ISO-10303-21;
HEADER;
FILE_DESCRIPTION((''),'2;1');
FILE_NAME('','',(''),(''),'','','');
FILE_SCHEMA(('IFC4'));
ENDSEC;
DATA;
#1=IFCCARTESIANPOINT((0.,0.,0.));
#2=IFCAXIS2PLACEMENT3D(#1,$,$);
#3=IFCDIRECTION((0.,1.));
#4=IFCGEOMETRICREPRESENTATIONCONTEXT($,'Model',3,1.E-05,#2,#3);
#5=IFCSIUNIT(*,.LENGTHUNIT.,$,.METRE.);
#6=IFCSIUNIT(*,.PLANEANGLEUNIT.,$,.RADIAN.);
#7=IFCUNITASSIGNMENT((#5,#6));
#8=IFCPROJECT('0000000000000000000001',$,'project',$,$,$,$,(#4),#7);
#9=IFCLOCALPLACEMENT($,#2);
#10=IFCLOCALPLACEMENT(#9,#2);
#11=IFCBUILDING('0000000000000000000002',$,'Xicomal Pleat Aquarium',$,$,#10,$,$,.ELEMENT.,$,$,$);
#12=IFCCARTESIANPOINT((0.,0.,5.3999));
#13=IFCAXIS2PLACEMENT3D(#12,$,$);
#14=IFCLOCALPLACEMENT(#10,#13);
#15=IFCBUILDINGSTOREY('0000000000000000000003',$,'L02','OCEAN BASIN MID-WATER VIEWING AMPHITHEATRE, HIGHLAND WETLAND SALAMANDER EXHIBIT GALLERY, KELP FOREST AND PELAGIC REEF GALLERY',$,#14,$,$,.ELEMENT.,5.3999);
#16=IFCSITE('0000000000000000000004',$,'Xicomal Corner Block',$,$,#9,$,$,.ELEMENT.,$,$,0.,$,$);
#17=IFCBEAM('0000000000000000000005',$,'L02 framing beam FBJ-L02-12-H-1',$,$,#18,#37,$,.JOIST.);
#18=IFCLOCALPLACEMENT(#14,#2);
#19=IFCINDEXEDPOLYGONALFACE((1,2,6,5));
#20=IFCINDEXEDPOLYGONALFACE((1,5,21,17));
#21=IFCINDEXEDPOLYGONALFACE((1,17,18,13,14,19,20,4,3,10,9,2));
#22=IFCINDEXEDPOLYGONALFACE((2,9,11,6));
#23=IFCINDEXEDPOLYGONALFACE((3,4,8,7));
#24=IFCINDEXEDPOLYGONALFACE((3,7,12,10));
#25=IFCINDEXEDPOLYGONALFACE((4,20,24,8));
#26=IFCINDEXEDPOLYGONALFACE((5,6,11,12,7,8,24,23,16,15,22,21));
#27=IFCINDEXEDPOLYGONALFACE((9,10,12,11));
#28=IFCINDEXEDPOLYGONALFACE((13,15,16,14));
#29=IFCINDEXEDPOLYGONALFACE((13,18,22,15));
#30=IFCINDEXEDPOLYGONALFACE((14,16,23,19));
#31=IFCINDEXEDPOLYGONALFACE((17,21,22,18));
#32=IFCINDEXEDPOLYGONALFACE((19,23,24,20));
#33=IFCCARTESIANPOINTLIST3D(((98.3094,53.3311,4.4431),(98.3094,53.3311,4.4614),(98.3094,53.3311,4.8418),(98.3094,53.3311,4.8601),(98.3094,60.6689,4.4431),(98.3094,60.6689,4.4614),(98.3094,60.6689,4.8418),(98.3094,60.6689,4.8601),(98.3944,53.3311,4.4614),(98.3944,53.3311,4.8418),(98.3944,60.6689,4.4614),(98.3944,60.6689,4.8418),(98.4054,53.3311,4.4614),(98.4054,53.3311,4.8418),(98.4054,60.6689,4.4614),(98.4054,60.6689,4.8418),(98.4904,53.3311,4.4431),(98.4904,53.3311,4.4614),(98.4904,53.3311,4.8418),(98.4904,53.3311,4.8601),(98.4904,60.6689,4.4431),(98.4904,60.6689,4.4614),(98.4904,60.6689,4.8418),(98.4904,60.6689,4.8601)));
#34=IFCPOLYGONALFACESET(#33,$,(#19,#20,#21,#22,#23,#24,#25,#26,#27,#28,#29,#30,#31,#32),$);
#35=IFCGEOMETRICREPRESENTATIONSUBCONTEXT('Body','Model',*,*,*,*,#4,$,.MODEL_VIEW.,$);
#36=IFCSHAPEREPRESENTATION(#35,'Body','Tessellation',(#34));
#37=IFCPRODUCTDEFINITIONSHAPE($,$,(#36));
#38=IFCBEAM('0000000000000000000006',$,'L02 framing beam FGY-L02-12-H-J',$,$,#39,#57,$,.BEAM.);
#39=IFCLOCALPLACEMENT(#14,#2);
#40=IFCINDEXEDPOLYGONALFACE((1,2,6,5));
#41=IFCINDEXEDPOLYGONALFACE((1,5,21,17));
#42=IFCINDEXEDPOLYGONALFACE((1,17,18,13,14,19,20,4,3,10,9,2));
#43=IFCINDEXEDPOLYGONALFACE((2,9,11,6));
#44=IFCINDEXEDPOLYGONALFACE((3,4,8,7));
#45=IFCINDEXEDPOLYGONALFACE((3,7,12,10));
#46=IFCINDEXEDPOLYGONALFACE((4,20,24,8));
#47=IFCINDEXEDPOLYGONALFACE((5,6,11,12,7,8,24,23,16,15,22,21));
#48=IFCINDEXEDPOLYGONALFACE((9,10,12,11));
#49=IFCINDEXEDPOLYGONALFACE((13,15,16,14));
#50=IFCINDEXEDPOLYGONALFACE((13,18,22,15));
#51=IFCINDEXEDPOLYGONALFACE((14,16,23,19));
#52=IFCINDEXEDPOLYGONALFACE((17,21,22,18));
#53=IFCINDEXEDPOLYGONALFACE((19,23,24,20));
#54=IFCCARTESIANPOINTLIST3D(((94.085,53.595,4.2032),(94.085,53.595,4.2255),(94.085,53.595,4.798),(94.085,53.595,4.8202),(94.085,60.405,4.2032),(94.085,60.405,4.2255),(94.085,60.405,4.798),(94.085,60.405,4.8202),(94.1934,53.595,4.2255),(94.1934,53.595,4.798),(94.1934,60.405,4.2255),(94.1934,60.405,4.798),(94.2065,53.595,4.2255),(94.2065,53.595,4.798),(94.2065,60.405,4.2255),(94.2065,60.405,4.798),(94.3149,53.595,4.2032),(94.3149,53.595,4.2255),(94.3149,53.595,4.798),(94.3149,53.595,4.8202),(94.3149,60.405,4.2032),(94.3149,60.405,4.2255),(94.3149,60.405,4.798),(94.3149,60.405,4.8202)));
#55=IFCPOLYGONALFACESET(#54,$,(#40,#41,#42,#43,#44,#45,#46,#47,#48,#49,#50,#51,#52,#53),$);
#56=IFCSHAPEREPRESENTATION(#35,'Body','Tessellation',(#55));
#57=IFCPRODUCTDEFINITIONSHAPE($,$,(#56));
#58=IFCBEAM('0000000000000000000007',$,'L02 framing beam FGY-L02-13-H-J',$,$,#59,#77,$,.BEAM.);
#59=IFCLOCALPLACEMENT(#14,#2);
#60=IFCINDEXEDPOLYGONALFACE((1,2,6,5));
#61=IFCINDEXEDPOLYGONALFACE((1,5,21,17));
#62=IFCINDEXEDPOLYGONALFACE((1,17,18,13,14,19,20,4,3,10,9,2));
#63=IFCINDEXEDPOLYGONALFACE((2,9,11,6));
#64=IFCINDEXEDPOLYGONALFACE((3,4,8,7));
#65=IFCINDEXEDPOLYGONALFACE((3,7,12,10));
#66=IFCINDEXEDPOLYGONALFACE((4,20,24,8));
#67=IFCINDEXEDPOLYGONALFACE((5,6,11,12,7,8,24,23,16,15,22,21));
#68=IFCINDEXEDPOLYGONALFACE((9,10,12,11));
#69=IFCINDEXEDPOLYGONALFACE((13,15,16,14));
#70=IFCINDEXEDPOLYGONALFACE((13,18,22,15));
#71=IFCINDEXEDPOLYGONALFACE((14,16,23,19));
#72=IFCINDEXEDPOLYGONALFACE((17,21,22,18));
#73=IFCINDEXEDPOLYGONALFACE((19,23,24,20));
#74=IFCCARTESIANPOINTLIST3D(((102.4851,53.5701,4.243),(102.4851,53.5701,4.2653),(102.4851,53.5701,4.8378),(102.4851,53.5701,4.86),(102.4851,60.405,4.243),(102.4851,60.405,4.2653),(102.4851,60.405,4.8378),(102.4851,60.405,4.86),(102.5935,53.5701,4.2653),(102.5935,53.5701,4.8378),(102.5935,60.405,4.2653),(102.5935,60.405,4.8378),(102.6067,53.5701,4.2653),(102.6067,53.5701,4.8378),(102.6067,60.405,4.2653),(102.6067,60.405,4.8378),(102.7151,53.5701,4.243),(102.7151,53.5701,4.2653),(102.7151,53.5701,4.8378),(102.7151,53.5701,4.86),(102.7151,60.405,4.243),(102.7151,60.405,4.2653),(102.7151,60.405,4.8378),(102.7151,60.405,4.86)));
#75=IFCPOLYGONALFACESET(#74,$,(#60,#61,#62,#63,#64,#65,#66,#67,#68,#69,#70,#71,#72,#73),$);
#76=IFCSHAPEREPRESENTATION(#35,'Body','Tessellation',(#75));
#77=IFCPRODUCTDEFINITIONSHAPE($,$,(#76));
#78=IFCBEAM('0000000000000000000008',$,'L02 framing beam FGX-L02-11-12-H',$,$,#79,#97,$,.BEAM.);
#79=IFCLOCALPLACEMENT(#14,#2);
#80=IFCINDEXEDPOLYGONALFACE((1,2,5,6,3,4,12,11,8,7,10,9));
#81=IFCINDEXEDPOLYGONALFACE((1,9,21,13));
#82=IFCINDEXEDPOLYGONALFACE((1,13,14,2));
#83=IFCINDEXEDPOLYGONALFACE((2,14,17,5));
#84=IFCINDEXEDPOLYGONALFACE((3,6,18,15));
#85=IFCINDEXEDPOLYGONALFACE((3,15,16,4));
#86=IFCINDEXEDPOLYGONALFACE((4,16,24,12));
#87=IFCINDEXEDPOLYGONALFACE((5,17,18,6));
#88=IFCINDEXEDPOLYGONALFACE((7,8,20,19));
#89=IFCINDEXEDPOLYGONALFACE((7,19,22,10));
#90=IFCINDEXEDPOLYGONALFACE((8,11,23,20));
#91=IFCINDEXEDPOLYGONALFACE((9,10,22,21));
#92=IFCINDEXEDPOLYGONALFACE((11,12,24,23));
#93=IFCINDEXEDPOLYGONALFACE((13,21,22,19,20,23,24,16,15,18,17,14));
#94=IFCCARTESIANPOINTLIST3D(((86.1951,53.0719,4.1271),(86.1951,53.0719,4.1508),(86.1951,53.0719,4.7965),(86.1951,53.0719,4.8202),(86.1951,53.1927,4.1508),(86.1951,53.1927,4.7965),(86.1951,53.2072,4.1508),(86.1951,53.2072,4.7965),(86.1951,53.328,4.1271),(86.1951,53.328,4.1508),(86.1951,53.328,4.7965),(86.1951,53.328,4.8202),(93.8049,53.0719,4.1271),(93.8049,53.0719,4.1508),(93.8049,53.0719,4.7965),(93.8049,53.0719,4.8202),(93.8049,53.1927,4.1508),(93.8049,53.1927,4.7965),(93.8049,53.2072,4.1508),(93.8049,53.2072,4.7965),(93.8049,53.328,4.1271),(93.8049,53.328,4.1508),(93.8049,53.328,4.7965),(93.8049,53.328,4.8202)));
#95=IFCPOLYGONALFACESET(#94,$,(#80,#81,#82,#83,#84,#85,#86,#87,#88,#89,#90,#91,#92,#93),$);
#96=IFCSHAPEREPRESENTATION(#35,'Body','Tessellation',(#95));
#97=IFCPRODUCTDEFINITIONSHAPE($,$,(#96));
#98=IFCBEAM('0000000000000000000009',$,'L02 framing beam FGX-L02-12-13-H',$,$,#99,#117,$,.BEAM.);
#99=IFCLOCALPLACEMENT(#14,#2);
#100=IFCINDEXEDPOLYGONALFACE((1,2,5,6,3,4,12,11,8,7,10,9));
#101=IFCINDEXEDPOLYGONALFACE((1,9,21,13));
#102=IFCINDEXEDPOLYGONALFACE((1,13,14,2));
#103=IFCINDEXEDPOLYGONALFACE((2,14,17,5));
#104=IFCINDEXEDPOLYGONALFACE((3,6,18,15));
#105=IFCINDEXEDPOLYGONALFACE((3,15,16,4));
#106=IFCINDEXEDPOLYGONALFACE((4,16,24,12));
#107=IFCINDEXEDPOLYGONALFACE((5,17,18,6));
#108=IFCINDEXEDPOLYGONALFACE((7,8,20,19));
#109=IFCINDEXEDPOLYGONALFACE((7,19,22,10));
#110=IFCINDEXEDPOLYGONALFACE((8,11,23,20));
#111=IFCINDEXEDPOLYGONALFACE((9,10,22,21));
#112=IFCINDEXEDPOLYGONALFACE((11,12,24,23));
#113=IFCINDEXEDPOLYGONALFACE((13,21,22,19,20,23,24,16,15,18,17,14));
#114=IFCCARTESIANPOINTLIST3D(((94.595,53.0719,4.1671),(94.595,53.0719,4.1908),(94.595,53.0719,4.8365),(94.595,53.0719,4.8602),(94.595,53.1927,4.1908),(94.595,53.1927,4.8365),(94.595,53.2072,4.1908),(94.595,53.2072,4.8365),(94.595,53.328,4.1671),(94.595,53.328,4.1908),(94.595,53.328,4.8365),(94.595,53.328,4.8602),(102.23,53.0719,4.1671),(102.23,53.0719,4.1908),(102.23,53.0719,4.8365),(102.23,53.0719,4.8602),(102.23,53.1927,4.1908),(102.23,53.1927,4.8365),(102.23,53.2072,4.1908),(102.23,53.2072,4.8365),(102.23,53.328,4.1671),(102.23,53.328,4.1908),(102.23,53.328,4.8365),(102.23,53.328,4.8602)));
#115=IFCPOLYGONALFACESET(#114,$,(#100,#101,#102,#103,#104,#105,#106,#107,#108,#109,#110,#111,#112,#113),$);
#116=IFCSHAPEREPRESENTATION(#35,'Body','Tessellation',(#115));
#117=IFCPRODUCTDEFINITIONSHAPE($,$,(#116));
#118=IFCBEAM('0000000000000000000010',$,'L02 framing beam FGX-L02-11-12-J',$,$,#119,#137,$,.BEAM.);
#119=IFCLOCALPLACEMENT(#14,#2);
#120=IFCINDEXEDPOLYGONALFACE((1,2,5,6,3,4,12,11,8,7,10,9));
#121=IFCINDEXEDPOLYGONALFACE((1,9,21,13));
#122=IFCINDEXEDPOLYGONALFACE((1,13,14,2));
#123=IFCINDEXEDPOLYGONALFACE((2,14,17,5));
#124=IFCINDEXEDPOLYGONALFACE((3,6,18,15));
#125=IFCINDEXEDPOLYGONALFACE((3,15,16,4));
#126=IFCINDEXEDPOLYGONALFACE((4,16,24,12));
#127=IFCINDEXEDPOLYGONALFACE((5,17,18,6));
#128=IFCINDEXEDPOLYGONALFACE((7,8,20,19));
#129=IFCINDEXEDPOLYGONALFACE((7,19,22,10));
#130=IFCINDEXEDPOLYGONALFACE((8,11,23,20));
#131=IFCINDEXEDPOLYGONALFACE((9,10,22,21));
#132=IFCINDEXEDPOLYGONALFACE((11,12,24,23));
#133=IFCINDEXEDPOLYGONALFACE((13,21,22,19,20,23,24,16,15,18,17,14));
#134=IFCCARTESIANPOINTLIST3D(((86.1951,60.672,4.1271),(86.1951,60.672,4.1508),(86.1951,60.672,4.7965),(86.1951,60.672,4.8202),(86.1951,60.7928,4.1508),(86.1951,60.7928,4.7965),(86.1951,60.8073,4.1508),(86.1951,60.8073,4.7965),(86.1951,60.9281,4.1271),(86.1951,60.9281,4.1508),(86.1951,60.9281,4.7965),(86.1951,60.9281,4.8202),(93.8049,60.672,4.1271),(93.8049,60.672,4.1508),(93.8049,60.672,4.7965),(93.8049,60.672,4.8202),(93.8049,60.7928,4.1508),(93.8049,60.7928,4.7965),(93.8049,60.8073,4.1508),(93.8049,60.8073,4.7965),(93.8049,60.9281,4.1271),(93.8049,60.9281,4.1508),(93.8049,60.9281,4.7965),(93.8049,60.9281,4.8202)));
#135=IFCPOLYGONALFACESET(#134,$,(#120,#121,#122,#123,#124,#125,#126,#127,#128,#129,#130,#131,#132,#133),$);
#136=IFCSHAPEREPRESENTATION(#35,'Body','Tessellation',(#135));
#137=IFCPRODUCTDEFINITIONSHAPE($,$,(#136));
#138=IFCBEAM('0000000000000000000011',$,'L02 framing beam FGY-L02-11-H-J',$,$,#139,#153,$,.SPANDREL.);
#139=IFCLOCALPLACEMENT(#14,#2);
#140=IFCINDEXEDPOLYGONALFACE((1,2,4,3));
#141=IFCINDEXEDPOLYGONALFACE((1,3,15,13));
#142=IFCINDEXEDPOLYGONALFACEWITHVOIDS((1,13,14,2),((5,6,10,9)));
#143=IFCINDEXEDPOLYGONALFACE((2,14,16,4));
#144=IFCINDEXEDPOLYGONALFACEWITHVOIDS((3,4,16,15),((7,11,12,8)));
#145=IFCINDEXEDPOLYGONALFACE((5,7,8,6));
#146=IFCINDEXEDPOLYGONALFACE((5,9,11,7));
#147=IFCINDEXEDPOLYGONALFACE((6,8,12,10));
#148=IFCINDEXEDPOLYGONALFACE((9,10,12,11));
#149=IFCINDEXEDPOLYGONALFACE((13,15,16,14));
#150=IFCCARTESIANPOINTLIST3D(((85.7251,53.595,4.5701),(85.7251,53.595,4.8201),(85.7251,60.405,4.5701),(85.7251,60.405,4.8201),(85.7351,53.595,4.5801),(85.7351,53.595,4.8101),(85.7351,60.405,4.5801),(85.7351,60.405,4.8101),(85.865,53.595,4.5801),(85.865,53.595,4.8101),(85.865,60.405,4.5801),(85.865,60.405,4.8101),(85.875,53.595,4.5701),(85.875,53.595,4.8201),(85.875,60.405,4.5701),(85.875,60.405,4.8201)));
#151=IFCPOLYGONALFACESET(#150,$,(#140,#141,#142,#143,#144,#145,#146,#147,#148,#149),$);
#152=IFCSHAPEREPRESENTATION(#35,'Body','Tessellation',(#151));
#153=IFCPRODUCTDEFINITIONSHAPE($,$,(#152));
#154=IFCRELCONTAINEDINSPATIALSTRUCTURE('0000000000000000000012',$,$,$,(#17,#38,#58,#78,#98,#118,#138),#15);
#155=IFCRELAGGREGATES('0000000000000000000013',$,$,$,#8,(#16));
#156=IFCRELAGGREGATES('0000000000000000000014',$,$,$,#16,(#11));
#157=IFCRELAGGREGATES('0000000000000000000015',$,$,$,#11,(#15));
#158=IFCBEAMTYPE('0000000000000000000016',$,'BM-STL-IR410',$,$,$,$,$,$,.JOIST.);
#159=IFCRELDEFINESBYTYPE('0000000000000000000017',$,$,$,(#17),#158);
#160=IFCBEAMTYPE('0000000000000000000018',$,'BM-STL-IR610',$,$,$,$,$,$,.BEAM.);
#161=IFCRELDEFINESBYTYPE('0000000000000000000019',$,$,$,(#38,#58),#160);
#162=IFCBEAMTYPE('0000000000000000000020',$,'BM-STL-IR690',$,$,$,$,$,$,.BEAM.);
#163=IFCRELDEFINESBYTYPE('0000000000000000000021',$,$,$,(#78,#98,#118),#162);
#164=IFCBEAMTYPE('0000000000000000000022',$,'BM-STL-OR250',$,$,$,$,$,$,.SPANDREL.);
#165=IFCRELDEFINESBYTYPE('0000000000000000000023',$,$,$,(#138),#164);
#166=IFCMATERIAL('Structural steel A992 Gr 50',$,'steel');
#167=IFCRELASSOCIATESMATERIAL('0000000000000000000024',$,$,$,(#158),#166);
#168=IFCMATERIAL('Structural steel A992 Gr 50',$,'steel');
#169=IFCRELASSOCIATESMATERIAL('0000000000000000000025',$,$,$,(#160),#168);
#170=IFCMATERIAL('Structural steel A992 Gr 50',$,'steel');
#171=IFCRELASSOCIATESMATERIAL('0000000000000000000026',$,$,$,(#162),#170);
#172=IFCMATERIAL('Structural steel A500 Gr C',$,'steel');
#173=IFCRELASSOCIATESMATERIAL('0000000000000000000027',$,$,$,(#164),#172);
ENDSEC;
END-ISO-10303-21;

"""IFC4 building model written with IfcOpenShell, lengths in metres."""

from ifc_helpers import new_model, si_unit, direction, frame, origin, origin_2d, place, context, subcontext, project, spatial, hollow_rectangle, i_section, extrude, material, material_profile, profile_set, type_object, element, save


model = new_model("IFC4")

# Units and contexts
model_context = context("Model", 3, precision=1e-05, world=origin(), true_north=direction((0.0, 1.0)))
body_context = subcontext(model_context, "Body", "Model", "MODEL_VIEW")
ifc_project = project(units=[si_unit("LENGTHUNIT", "METRE"), si_unit("PLANEANGLEUNIT", "RADIAN")], contexts=[model_context])

# Site, building, storey
site_placement = place(None, origin())
site = spatial("IfcSite", under=ifc_project, at=site_placement, Name="Xicomal Corner Block", CompositionType="ELEMENT", RefElevation=0.0)
building_placement = place(site_placement, origin())
building = spatial("IfcBuilding", under=site, at=building_placement, Name="Xicomal Pleat Aquarium", CompositionType="ELEMENT")
storey_placement = place(building_placement, frame((0.0, 0.0, 5.3999)))
storey = spatial("IfcBuildingStorey", under=building, at=storey_placement, Name="L02", Description="OCEAN BASIN MID-WATER VIEWING AMPHITHEATRE, HIGHLAND WETLAND SALAMANDER EXHIBIT GALLERY, KELP FOREST AND PELAGIC REEF GALLERY", CompositionType="ELEMENT", Elevation=5.3999)

# Beams
ifc_material_1 = material(Name="Structural steel A992 Gr 50", Category="steel")
ifc_material_profile_1 = material_profile(ifc_material_1, i_section(OverallWidth=0.1809, OverallDepth=0.417, WebThickness=0.011, FlangeThickness=0.0183, at=origin_2d()), Name="IR 410x85")
ifc_profile_set_1 = profile_set([ifc_material_profile_1], Name="Structural steel A992 Gr 50")
beam_type_1 = type_object("IfcBeamType", Name="BM-STL-IR410", PredefinedType="JOIST", material=ifc_profile_set_1)
beam_1_placement = place(storey_placement, frame((98.3999, 53.3311, 4.6516), z_axis=(0.0, 1.0, 0.0), x_axis=(-1.0, 0.0, 0.0)))
element("IfcBeam", 1, at=beam_1_placement, inside=storey, type_object=beam_type_1, Name="L02 framing beam FBJ-L02-12-H-1", PredefinedType="JOIST", context=body_context, shape_type="SweptSolid", body=[
    extrude(i_section(OverallWidth=0.1809, OverallDepth=0.417, WebThickness=0.011, FlangeThickness=0.0183, at=origin_2d()), origin(), (0.0, 0.0, 1.0), 7.3379),
])
ifc_material_2 = material(Name="Structural steel A992 Gr 50", Category="steel")
ifc_material_profile_2 = material_profile(ifc_material_2, i_section(OverallWidth=0.23, OverallDepth=0.6169, WebThickness=0.0132, FlangeThickness=0.0222, at=origin_2d()), Name="IR 610x140")
ifc_profile_set_2 = profile_set([ifc_material_profile_2], Name="Structural steel A992 Gr 50")
beam_type_2 = type_object("IfcBeamType", Name="BM-STL-IR610", PredefinedType="BEAM", material=ifc_profile_set_2)
beam_2_placement = place(storey_placement, frame((94.2, 53.595, 4.5117), z_axis=(0.0, 1.0, 0.0), x_axis=(-1.0, 0.0, 0.0)))
element("IfcBeam", 2, at=beam_2_placement, inside=storey, type_object=beam_type_2, Name="L02 framing beam FGY-L02-12-H-J", PredefinedType="BEAM", context=body_context, shape_type="SweptSolid", body=[
    extrude(i_section(OverallWidth=0.23, OverallDepth=0.6169, WebThickness=0.0132, FlangeThickness=0.0222, at=origin_2d()), origin(), (0.0, 0.0, 1.0), 6.8101),
])
beam_3_placement = place(storey_placement, frame((102.6001, 53.5701, 4.5515), z_axis=(0.0, 1.0, 0.0), x_axis=(-1.0, 0.0, 0.0)))
element("IfcBeam", 3, at=beam_3_placement, inside=storey, type_object=beam_type_2, Name="L02 framing beam FGY-L02-13-H-J", PredefinedType="BEAM", context=body_context, shape_type="SweptSolid", body=[
    extrude(i_section(OverallWidth=0.23, OverallDepth=0.6169, WebThickness=0.0132, FlangeThickness=0.0222, at=origin_2d()), origin(), (0.0, 0.0, 1.0), 6.835),
])
ifc_material_3 = material(Name="Structural steel A992 Gr 50", Category="steel")
ifc_material_profile_3 = material_profile(ifc_material_3, i_section(OverallWidth=0.2561, OverallDepth=0.6931, WebThickness=0.0144, FlangeThickness=0.0237, at=origin_2d()), Name="IR 690x170")
ifc_profile_set_3 = profile_set([ifc_material_profile_3], Name="Structural steel A992 Gr 50")
beam_type_3 = type_object("IfcBeamType", Name="BM-STL-IR690", PredefinedType="BEAM", material=ifc_profile_set_3)
beam_4_placement = place(storey_placement, frame((86.1951, 53.2, 4.4736), z_axis=(1.0, 0.0, 0.0), x_axis=(0.0, 1.0, 0.0)))
element("IfcBeam", 4, at=beam_4_placement, inside=storey, type_object=beam_type_3, Name="L02 framing beam FGX-L02-11-12-H", PredefinedType="BEAM", context=body_context, shape_type="SweptSolid", body=[
    extrude(i_section(OverallWidth=0.2561, OverallDepth=0.6931, WebThickness=0.0144, FlangeThickness=0.0237, at=origin_2d()), origin(), (0.0, 0.0, 1.0), 7.6099),
])
beam_5_placement = place(storey_placement, frame((94.595, 53.2, 4.5137), z_axis=(1.0, 0.0, 0.0), x_axis=(0.0, 1.0, 0.0)))
element("IfcBeam", 5, at=beam_5_placement, inside=storey, type_object=beam_type_3, Name="L02 framing beam FGX-L02-12-13-H", PredefinedType="BEAM", context=body_context, shape_type="SweptSolid", body=[
    extrude(i_section(OverallWidth=0.2561, OverallDepth=0.6931, WebThickness=0.0144, FlangeThickness=0.0237, at=origin_2d()), origin(), (0.0, 0.0, 1.0), 7.635),
])
beam_6_placement = place(storey_placement, frame((86.1951, 60.8, 4.4736), z_axis=(1.0, 0.0, 0.0), x_axis=(0.0, 1.0, 0.0)))
element("IfcBeam", 6, at=beam_6_placement, inside=storey, type_object=beam_type_3, Name="L02 framing beam FGX-L02-11-12-J", PredefinedType="BEAM", context=body_context, shape_type="SweptSolid", body=[
    extrude(i_section(OverallWidth=0.2561, OverallDepth=0.6931, WebThickness=0.0144, FlangeThickness=0.0237, at=origin_2d()), origin(), (0.0, 0.0, 1.0), 7.6099),
])
ifc_material_4 = material(Name="Structural steel A500 Gr C", Category="steel")
ifc_material_profile_4 = material_profile(ifc_material_4, hollow_rectangle(XDim=0.1499, YDim=0.25, WallThickness=0.01, at=origin_2d()), Name="OR 250x150x10")
ifc_profile_set_4 = profile_set([ifc_material_profile_4], Name="Structural steel A500 Gr C")
beam_type_4 = type_object("IfcBeamType", Name="BM-STL-OR250", PredefinedType="SPANDREL", material=ifc_profile_set_4)
beam_7_placement = place(storey_placement, frame((85.8, 53.595, 4.6951), z_axis=(0.0, 1.0, 0.0), x_axis=(-1.0, 0.0, 0.0)))
element("IfcBeam", 7, at=beam_7_placement, inside=storey, type_object=beam_type_4, Name="L02 framing beam FGY-L02-11-H-J", PredefinedType="SPANDREL", context=body_context, shape_type="SweptSolid", body=[
    extrude(hollow_rectangle(XDim=0.1499, YDim=0.25, WallThickness=0.01, at=origin_2d()), origin(), (0.0, 0.0, 1.0), 6.8101),
])

save(model, "model.ifc")
